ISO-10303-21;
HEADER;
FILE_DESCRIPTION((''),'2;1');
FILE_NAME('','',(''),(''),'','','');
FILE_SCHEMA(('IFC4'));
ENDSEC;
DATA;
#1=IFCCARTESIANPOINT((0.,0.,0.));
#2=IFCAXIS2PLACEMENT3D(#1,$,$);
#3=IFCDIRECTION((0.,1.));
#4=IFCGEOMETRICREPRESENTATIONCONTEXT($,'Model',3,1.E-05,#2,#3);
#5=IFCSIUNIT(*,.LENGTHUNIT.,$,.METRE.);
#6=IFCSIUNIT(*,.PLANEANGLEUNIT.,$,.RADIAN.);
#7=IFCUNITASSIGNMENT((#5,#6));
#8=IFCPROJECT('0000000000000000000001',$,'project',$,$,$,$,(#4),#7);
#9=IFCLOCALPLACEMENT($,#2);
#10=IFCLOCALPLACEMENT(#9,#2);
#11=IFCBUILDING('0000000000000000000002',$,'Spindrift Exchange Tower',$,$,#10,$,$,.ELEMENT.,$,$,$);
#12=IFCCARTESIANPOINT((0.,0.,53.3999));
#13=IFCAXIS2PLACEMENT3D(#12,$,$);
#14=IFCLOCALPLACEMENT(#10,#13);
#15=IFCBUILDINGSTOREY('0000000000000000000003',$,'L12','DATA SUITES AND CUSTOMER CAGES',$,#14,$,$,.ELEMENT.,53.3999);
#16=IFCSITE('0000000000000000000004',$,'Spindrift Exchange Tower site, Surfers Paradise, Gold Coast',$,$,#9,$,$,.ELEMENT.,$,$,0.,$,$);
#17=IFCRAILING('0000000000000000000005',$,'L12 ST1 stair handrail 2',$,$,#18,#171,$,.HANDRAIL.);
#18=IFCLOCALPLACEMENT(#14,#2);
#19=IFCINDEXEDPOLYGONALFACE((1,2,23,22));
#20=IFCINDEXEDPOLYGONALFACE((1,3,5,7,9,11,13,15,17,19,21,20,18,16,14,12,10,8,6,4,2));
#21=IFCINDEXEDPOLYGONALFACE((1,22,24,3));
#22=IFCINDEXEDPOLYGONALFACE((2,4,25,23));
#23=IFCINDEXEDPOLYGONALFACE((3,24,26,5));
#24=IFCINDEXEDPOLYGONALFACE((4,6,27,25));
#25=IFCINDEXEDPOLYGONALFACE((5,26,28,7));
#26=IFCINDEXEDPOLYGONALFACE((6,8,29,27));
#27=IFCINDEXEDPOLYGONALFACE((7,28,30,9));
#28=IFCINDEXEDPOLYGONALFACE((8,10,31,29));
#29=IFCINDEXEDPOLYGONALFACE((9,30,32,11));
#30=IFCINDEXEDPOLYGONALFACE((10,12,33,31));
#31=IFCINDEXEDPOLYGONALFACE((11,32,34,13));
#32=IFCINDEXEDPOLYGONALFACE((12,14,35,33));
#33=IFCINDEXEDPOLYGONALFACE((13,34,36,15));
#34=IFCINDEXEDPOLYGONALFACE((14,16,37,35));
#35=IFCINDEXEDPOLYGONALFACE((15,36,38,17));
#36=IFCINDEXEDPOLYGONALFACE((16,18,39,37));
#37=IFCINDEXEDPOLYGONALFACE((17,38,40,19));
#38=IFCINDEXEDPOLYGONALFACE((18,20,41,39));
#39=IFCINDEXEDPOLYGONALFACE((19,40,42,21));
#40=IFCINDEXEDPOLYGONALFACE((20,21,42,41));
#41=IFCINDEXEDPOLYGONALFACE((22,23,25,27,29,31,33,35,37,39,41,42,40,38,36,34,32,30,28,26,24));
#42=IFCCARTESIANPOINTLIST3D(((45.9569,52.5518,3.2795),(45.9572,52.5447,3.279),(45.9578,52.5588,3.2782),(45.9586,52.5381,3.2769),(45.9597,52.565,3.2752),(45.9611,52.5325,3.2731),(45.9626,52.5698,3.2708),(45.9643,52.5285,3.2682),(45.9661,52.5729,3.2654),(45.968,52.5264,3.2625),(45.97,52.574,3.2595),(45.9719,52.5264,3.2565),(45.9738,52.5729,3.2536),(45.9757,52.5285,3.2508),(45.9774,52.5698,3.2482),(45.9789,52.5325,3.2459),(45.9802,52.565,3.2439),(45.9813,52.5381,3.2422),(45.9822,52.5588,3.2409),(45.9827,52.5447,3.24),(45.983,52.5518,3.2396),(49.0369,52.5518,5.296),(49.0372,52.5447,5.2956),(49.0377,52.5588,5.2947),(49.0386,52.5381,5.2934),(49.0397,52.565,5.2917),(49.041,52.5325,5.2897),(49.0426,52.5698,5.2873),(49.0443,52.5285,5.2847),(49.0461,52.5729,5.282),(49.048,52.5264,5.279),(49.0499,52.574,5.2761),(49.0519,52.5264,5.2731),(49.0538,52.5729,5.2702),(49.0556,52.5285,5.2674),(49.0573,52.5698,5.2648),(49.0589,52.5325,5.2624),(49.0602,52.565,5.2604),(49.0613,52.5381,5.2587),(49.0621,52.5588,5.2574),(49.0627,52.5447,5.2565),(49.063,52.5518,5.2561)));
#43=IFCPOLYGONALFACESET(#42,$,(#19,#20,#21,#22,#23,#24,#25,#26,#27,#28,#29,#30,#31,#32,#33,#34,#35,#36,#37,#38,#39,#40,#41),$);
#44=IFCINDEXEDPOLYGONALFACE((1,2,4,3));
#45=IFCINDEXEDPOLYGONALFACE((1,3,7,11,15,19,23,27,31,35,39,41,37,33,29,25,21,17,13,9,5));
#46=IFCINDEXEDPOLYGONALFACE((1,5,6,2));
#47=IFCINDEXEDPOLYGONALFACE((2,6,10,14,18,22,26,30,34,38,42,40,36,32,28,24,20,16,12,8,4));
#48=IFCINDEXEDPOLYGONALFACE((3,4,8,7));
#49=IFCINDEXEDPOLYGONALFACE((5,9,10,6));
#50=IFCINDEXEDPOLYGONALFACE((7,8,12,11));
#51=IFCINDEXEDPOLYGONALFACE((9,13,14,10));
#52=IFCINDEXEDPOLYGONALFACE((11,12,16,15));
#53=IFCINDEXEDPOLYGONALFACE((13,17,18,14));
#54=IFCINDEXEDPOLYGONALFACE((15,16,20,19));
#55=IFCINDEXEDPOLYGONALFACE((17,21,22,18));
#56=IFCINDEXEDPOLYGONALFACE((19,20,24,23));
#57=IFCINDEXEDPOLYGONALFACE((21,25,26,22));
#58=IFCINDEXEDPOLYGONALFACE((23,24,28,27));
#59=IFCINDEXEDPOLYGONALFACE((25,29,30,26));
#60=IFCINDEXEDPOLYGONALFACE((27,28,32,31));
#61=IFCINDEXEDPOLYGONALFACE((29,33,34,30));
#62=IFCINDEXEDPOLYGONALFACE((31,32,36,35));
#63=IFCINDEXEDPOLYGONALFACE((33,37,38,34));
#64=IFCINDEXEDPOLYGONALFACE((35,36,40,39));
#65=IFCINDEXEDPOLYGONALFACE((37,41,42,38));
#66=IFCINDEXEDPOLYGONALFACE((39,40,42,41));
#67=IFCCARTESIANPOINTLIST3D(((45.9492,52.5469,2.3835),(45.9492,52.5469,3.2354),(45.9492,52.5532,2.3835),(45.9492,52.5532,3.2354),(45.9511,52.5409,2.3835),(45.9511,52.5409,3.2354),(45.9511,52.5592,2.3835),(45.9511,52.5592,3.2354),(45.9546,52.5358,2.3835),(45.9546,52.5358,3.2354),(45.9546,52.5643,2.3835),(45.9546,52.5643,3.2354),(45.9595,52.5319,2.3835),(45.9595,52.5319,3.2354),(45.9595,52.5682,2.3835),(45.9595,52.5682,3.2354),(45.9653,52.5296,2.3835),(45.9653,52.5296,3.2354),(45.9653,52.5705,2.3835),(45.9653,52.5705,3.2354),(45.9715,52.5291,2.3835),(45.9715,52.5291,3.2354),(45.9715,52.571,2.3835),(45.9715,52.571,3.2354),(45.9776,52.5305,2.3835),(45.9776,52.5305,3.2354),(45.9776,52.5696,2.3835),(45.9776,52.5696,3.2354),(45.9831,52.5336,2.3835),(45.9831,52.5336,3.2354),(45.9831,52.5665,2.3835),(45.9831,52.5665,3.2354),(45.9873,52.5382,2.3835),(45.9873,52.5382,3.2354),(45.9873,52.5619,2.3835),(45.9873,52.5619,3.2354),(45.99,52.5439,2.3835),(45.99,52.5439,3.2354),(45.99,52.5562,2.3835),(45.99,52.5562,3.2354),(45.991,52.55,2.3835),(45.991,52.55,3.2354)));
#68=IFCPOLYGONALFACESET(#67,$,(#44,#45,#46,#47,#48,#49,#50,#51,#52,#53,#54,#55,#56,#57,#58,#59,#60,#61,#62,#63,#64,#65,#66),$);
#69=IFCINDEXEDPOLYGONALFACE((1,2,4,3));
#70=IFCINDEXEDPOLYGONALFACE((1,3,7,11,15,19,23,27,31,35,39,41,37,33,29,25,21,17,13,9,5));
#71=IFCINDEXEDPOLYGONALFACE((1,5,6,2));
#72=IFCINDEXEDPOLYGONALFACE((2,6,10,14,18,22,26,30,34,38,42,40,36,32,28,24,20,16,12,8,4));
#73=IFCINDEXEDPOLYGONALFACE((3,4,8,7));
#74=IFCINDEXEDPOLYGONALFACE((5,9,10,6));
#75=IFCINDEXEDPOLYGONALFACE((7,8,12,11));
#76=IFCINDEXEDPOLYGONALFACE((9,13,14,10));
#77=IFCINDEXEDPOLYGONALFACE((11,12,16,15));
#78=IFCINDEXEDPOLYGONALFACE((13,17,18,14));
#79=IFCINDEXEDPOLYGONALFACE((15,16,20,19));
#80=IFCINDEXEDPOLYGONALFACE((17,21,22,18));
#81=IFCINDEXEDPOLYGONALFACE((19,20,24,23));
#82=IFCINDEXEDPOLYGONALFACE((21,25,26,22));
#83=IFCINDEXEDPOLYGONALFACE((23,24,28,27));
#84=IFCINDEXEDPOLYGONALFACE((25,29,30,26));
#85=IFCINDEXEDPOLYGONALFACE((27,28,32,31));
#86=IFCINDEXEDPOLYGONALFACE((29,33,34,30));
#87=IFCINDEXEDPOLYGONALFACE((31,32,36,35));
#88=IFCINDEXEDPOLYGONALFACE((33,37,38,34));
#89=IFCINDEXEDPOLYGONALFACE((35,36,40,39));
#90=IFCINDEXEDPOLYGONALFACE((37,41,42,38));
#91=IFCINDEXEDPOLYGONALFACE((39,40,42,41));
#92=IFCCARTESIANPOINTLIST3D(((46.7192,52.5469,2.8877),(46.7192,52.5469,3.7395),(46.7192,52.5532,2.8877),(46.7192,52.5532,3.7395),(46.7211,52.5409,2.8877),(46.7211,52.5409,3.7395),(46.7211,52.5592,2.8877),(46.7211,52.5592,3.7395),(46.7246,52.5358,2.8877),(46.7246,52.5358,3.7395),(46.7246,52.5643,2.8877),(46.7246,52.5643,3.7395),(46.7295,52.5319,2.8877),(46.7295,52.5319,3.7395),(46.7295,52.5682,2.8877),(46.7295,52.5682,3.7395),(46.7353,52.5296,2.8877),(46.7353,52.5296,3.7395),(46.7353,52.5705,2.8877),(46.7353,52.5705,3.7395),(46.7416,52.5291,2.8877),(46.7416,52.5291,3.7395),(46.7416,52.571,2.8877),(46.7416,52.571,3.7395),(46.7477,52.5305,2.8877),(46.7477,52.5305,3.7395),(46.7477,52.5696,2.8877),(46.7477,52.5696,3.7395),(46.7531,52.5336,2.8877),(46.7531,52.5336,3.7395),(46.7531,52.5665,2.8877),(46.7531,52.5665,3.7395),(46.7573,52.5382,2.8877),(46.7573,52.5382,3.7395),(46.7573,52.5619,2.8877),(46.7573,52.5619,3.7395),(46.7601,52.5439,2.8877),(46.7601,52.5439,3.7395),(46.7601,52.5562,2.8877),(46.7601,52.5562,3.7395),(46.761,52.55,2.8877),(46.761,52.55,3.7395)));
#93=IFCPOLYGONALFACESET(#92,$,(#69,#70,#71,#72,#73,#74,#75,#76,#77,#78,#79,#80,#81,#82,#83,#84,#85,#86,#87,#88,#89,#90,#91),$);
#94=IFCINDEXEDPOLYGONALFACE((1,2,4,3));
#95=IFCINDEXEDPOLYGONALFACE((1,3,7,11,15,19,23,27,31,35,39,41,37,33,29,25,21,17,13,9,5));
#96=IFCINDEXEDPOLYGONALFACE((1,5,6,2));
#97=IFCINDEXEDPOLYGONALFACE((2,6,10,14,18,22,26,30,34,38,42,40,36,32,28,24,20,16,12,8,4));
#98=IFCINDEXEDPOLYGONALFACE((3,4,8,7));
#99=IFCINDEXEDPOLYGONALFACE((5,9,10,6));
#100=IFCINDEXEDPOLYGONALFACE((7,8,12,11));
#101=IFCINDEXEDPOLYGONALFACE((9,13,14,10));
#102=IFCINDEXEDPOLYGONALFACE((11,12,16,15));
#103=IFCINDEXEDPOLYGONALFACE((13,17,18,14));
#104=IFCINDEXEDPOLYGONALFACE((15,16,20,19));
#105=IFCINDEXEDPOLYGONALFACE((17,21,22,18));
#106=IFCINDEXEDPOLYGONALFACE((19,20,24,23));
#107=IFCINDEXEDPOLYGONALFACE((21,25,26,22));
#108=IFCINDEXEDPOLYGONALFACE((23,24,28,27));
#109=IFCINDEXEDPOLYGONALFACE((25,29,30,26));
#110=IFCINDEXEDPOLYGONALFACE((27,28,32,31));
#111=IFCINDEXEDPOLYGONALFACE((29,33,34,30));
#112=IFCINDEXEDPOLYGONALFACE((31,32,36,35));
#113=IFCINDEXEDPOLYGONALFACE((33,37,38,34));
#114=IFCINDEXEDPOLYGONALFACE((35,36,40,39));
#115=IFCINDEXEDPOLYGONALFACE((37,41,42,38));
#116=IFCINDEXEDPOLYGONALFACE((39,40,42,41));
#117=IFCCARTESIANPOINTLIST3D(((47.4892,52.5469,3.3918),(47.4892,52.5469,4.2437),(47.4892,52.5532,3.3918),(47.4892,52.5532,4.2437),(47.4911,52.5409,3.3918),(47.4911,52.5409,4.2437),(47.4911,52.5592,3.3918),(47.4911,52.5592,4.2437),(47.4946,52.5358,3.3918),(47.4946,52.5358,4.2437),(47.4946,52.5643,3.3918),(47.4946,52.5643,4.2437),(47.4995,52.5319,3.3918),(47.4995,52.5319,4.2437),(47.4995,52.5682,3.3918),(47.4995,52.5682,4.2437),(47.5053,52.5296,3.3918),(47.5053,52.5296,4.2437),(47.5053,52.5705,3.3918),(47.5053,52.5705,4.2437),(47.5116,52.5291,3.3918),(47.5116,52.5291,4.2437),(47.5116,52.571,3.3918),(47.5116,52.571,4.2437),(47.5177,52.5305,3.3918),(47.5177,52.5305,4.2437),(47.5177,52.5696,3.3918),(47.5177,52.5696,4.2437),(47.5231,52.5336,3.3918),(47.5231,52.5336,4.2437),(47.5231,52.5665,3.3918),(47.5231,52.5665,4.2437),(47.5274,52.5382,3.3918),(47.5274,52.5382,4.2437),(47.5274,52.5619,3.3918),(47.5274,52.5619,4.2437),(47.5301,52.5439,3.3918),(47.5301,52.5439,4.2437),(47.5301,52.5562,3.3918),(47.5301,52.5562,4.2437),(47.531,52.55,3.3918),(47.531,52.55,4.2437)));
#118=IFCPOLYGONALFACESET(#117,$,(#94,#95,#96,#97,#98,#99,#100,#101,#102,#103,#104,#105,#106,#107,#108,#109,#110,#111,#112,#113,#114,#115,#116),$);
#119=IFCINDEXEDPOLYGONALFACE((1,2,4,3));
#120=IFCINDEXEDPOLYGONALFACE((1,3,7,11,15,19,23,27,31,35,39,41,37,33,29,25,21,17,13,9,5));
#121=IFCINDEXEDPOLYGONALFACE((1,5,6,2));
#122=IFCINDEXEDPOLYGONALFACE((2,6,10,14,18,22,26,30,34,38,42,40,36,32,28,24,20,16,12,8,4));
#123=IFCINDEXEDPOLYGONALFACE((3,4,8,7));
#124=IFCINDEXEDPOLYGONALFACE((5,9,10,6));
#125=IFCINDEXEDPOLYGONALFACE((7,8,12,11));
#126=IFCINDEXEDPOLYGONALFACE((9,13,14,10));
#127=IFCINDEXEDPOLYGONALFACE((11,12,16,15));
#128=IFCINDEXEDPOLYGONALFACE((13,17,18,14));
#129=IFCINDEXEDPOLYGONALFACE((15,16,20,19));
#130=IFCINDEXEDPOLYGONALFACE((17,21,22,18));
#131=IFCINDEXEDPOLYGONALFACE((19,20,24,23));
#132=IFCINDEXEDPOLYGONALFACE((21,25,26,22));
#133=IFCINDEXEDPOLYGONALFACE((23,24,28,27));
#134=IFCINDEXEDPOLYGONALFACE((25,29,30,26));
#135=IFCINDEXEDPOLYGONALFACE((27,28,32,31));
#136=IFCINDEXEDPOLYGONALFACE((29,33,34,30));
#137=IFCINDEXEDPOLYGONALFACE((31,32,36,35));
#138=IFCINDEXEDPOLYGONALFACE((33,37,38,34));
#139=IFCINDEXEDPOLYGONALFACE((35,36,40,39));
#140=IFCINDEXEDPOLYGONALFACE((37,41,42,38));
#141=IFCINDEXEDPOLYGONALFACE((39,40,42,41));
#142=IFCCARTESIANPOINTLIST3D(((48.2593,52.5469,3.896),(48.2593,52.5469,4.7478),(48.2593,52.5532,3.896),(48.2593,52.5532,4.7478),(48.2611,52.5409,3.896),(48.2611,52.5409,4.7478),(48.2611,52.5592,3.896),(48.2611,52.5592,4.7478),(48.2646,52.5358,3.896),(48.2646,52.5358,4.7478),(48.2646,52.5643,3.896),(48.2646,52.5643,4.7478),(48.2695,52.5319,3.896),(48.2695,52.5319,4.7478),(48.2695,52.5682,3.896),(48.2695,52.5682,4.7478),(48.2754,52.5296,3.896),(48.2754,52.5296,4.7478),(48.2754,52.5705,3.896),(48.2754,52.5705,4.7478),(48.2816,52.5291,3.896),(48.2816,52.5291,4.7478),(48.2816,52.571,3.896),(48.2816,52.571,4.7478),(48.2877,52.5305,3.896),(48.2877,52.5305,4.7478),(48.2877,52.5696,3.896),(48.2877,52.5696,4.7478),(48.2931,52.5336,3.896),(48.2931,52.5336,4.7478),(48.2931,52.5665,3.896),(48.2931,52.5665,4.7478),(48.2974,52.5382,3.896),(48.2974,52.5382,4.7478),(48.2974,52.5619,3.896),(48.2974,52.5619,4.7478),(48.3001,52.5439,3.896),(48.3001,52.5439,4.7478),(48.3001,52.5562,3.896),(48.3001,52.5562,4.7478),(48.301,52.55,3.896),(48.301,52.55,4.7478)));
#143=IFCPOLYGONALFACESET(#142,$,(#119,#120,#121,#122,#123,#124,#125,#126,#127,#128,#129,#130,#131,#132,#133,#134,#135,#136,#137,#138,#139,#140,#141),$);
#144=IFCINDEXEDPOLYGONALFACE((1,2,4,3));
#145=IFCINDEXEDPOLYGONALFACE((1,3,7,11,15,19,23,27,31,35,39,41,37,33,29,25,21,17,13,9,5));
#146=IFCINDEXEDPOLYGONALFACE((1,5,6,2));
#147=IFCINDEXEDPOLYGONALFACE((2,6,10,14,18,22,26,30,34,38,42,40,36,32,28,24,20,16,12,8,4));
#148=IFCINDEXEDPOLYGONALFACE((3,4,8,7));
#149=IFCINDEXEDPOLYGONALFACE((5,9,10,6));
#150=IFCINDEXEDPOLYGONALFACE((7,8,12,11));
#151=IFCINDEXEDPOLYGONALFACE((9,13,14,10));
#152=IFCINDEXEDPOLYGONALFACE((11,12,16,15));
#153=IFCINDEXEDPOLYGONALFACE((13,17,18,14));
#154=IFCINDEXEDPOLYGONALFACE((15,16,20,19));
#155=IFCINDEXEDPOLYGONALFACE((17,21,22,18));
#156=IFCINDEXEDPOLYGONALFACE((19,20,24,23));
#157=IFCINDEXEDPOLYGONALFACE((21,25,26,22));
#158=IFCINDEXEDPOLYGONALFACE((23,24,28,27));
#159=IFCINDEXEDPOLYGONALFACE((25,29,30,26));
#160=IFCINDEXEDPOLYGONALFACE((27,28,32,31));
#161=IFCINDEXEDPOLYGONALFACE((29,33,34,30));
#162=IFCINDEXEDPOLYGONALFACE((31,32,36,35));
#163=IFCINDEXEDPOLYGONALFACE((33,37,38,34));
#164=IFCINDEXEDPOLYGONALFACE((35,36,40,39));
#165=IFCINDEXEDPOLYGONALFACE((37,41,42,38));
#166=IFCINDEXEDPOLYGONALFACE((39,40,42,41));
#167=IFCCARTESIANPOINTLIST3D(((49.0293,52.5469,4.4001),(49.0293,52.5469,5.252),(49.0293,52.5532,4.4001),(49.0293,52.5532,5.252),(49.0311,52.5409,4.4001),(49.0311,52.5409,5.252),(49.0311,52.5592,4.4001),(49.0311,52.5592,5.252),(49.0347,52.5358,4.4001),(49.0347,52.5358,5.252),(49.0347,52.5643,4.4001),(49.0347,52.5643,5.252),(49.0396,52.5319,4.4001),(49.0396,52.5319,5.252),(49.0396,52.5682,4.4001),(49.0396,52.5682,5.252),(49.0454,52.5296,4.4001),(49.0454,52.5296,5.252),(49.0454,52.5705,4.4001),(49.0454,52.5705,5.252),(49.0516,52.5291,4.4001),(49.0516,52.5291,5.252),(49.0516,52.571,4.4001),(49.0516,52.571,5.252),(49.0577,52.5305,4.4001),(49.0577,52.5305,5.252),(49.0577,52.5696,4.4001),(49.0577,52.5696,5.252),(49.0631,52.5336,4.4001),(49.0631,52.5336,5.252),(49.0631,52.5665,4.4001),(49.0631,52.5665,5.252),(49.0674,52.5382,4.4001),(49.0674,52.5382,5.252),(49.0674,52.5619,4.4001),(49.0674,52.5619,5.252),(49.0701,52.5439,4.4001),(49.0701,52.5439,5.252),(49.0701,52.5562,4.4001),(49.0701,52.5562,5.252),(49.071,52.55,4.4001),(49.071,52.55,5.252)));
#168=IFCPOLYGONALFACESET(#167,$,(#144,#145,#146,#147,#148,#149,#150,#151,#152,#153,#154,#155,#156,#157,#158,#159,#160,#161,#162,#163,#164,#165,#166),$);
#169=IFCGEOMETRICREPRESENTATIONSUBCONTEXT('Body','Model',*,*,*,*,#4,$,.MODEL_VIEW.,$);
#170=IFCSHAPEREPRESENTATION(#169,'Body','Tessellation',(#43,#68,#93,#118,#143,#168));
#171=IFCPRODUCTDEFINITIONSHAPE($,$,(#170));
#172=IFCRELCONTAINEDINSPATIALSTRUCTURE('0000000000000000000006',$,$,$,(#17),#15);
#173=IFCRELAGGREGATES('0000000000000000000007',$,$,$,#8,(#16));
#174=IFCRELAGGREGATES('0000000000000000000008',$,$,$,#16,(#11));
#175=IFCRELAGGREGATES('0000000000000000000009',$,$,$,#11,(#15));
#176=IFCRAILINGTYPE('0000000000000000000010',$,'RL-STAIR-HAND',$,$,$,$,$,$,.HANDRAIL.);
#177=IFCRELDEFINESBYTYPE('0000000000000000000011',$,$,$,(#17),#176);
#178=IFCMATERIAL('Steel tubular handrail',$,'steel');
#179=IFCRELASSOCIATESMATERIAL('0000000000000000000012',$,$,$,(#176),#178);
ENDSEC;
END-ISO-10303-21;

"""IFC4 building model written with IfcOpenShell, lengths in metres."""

from ifc_helpers import new_model, si_unit, direction, frame, origin, origin_2d, place, context, subcontext, project, spatial, circle, extrude, material, type_object, element, save


model = new_model("IFC4")

# Units and contexts
model_context = context("Model", 3, precision=1e-05, world=origin(), true_north=direction((0.0, 1.0)))
body_context = subcontext(model_context, "Body", "Model", "MODEL_VIEW")
ifc_project = project(units=[si_unit("LENGTHUNIT", "METRE"), si_unit("PLANEANGLEUNIT", "RADIAN")], contexts=[model_context])

# Site, building, storey
site_placement = place(None, origin())
site = spatial("IfcSite", under=ifc_project, at=site_placement, Name="Spindrift Exchange Tower site, Surfers Paradise, Gold Coast", CompositionType="ELEMENT", RefElevation=0.0)
building_placement = place(site_placement, origin())
building = spatial("IfcBuilding", under=site, at=building_placement, Name="Spindrift Exchange Tower", CompositionType="ELEMENT")
storey_placement = place(building_placement, frame((0.0, 0.0, 53.3999)))
storey = spatial("IfcBuildingStorey", under=building, at=storey_placement, Name="L12", Description="DATA SUITES AND CUSTOMER CAGES", CompositionType="ELEMENT", Elevation=53.3999)

# Railing
ifc_material_1 = material(Name="Steel tubular handrail", Category="steel")
railing_type_1 = type_object("IfcRailingType", Name="RL-STAIR-HAND", PredefinedType="HANDRAIL", material=ifc_material_1)
railing_1_placement = place(storey_placement, frame((45.97, 52.55, 2.3835)))
element("IfcRailing", 1, at=railing_1_placement, inside=storey, type_object=railing_type_1, Name="L12 ST1 stair handrail 2", PredefinedType="HANDRAIL", context=body_context, shape_type="SweptSolid", body=[
    extrude(circle(Radius=0.0239, at=origin_2d()), frame((0.0, 0.0, 0.876), z_axis=(0.836633, 0.0, 0.547764), x_axis=(0.0, 1.0, 0.0)), (0.0, 0.0, 1.0), 3.6814),
    extrude(circle(Radius=0.021, at=origin_2d()), origin(), (0.0, 0.0, 1.0), 0.8518),
    extrude(circle(Radius=0.021, at=origin_2d()), frame((0.77, 0.0, 0.5042)), (0.0, 0.0, 1.0), 0.8518),
    extrude(circle(Radius=0.021, at=origin_2d()), frame((1.54, 0.0, 1.0083)), (0.0, 0.0, 1.0), 0.8518),
    extrude(circle(Radius=0.021, at=origin_2d()), frame((2.3101, 0.0, 1.5125)), (0.0, 0.0, 1.0), 0.8518),
    extrude(circle(Radius=0.021, at=origin_2d()), frame((3.0801, 0.0, 2.0166)), (0.0, 0.0, 1.0), 0.8518),
])

save(model, "model.ifc")
